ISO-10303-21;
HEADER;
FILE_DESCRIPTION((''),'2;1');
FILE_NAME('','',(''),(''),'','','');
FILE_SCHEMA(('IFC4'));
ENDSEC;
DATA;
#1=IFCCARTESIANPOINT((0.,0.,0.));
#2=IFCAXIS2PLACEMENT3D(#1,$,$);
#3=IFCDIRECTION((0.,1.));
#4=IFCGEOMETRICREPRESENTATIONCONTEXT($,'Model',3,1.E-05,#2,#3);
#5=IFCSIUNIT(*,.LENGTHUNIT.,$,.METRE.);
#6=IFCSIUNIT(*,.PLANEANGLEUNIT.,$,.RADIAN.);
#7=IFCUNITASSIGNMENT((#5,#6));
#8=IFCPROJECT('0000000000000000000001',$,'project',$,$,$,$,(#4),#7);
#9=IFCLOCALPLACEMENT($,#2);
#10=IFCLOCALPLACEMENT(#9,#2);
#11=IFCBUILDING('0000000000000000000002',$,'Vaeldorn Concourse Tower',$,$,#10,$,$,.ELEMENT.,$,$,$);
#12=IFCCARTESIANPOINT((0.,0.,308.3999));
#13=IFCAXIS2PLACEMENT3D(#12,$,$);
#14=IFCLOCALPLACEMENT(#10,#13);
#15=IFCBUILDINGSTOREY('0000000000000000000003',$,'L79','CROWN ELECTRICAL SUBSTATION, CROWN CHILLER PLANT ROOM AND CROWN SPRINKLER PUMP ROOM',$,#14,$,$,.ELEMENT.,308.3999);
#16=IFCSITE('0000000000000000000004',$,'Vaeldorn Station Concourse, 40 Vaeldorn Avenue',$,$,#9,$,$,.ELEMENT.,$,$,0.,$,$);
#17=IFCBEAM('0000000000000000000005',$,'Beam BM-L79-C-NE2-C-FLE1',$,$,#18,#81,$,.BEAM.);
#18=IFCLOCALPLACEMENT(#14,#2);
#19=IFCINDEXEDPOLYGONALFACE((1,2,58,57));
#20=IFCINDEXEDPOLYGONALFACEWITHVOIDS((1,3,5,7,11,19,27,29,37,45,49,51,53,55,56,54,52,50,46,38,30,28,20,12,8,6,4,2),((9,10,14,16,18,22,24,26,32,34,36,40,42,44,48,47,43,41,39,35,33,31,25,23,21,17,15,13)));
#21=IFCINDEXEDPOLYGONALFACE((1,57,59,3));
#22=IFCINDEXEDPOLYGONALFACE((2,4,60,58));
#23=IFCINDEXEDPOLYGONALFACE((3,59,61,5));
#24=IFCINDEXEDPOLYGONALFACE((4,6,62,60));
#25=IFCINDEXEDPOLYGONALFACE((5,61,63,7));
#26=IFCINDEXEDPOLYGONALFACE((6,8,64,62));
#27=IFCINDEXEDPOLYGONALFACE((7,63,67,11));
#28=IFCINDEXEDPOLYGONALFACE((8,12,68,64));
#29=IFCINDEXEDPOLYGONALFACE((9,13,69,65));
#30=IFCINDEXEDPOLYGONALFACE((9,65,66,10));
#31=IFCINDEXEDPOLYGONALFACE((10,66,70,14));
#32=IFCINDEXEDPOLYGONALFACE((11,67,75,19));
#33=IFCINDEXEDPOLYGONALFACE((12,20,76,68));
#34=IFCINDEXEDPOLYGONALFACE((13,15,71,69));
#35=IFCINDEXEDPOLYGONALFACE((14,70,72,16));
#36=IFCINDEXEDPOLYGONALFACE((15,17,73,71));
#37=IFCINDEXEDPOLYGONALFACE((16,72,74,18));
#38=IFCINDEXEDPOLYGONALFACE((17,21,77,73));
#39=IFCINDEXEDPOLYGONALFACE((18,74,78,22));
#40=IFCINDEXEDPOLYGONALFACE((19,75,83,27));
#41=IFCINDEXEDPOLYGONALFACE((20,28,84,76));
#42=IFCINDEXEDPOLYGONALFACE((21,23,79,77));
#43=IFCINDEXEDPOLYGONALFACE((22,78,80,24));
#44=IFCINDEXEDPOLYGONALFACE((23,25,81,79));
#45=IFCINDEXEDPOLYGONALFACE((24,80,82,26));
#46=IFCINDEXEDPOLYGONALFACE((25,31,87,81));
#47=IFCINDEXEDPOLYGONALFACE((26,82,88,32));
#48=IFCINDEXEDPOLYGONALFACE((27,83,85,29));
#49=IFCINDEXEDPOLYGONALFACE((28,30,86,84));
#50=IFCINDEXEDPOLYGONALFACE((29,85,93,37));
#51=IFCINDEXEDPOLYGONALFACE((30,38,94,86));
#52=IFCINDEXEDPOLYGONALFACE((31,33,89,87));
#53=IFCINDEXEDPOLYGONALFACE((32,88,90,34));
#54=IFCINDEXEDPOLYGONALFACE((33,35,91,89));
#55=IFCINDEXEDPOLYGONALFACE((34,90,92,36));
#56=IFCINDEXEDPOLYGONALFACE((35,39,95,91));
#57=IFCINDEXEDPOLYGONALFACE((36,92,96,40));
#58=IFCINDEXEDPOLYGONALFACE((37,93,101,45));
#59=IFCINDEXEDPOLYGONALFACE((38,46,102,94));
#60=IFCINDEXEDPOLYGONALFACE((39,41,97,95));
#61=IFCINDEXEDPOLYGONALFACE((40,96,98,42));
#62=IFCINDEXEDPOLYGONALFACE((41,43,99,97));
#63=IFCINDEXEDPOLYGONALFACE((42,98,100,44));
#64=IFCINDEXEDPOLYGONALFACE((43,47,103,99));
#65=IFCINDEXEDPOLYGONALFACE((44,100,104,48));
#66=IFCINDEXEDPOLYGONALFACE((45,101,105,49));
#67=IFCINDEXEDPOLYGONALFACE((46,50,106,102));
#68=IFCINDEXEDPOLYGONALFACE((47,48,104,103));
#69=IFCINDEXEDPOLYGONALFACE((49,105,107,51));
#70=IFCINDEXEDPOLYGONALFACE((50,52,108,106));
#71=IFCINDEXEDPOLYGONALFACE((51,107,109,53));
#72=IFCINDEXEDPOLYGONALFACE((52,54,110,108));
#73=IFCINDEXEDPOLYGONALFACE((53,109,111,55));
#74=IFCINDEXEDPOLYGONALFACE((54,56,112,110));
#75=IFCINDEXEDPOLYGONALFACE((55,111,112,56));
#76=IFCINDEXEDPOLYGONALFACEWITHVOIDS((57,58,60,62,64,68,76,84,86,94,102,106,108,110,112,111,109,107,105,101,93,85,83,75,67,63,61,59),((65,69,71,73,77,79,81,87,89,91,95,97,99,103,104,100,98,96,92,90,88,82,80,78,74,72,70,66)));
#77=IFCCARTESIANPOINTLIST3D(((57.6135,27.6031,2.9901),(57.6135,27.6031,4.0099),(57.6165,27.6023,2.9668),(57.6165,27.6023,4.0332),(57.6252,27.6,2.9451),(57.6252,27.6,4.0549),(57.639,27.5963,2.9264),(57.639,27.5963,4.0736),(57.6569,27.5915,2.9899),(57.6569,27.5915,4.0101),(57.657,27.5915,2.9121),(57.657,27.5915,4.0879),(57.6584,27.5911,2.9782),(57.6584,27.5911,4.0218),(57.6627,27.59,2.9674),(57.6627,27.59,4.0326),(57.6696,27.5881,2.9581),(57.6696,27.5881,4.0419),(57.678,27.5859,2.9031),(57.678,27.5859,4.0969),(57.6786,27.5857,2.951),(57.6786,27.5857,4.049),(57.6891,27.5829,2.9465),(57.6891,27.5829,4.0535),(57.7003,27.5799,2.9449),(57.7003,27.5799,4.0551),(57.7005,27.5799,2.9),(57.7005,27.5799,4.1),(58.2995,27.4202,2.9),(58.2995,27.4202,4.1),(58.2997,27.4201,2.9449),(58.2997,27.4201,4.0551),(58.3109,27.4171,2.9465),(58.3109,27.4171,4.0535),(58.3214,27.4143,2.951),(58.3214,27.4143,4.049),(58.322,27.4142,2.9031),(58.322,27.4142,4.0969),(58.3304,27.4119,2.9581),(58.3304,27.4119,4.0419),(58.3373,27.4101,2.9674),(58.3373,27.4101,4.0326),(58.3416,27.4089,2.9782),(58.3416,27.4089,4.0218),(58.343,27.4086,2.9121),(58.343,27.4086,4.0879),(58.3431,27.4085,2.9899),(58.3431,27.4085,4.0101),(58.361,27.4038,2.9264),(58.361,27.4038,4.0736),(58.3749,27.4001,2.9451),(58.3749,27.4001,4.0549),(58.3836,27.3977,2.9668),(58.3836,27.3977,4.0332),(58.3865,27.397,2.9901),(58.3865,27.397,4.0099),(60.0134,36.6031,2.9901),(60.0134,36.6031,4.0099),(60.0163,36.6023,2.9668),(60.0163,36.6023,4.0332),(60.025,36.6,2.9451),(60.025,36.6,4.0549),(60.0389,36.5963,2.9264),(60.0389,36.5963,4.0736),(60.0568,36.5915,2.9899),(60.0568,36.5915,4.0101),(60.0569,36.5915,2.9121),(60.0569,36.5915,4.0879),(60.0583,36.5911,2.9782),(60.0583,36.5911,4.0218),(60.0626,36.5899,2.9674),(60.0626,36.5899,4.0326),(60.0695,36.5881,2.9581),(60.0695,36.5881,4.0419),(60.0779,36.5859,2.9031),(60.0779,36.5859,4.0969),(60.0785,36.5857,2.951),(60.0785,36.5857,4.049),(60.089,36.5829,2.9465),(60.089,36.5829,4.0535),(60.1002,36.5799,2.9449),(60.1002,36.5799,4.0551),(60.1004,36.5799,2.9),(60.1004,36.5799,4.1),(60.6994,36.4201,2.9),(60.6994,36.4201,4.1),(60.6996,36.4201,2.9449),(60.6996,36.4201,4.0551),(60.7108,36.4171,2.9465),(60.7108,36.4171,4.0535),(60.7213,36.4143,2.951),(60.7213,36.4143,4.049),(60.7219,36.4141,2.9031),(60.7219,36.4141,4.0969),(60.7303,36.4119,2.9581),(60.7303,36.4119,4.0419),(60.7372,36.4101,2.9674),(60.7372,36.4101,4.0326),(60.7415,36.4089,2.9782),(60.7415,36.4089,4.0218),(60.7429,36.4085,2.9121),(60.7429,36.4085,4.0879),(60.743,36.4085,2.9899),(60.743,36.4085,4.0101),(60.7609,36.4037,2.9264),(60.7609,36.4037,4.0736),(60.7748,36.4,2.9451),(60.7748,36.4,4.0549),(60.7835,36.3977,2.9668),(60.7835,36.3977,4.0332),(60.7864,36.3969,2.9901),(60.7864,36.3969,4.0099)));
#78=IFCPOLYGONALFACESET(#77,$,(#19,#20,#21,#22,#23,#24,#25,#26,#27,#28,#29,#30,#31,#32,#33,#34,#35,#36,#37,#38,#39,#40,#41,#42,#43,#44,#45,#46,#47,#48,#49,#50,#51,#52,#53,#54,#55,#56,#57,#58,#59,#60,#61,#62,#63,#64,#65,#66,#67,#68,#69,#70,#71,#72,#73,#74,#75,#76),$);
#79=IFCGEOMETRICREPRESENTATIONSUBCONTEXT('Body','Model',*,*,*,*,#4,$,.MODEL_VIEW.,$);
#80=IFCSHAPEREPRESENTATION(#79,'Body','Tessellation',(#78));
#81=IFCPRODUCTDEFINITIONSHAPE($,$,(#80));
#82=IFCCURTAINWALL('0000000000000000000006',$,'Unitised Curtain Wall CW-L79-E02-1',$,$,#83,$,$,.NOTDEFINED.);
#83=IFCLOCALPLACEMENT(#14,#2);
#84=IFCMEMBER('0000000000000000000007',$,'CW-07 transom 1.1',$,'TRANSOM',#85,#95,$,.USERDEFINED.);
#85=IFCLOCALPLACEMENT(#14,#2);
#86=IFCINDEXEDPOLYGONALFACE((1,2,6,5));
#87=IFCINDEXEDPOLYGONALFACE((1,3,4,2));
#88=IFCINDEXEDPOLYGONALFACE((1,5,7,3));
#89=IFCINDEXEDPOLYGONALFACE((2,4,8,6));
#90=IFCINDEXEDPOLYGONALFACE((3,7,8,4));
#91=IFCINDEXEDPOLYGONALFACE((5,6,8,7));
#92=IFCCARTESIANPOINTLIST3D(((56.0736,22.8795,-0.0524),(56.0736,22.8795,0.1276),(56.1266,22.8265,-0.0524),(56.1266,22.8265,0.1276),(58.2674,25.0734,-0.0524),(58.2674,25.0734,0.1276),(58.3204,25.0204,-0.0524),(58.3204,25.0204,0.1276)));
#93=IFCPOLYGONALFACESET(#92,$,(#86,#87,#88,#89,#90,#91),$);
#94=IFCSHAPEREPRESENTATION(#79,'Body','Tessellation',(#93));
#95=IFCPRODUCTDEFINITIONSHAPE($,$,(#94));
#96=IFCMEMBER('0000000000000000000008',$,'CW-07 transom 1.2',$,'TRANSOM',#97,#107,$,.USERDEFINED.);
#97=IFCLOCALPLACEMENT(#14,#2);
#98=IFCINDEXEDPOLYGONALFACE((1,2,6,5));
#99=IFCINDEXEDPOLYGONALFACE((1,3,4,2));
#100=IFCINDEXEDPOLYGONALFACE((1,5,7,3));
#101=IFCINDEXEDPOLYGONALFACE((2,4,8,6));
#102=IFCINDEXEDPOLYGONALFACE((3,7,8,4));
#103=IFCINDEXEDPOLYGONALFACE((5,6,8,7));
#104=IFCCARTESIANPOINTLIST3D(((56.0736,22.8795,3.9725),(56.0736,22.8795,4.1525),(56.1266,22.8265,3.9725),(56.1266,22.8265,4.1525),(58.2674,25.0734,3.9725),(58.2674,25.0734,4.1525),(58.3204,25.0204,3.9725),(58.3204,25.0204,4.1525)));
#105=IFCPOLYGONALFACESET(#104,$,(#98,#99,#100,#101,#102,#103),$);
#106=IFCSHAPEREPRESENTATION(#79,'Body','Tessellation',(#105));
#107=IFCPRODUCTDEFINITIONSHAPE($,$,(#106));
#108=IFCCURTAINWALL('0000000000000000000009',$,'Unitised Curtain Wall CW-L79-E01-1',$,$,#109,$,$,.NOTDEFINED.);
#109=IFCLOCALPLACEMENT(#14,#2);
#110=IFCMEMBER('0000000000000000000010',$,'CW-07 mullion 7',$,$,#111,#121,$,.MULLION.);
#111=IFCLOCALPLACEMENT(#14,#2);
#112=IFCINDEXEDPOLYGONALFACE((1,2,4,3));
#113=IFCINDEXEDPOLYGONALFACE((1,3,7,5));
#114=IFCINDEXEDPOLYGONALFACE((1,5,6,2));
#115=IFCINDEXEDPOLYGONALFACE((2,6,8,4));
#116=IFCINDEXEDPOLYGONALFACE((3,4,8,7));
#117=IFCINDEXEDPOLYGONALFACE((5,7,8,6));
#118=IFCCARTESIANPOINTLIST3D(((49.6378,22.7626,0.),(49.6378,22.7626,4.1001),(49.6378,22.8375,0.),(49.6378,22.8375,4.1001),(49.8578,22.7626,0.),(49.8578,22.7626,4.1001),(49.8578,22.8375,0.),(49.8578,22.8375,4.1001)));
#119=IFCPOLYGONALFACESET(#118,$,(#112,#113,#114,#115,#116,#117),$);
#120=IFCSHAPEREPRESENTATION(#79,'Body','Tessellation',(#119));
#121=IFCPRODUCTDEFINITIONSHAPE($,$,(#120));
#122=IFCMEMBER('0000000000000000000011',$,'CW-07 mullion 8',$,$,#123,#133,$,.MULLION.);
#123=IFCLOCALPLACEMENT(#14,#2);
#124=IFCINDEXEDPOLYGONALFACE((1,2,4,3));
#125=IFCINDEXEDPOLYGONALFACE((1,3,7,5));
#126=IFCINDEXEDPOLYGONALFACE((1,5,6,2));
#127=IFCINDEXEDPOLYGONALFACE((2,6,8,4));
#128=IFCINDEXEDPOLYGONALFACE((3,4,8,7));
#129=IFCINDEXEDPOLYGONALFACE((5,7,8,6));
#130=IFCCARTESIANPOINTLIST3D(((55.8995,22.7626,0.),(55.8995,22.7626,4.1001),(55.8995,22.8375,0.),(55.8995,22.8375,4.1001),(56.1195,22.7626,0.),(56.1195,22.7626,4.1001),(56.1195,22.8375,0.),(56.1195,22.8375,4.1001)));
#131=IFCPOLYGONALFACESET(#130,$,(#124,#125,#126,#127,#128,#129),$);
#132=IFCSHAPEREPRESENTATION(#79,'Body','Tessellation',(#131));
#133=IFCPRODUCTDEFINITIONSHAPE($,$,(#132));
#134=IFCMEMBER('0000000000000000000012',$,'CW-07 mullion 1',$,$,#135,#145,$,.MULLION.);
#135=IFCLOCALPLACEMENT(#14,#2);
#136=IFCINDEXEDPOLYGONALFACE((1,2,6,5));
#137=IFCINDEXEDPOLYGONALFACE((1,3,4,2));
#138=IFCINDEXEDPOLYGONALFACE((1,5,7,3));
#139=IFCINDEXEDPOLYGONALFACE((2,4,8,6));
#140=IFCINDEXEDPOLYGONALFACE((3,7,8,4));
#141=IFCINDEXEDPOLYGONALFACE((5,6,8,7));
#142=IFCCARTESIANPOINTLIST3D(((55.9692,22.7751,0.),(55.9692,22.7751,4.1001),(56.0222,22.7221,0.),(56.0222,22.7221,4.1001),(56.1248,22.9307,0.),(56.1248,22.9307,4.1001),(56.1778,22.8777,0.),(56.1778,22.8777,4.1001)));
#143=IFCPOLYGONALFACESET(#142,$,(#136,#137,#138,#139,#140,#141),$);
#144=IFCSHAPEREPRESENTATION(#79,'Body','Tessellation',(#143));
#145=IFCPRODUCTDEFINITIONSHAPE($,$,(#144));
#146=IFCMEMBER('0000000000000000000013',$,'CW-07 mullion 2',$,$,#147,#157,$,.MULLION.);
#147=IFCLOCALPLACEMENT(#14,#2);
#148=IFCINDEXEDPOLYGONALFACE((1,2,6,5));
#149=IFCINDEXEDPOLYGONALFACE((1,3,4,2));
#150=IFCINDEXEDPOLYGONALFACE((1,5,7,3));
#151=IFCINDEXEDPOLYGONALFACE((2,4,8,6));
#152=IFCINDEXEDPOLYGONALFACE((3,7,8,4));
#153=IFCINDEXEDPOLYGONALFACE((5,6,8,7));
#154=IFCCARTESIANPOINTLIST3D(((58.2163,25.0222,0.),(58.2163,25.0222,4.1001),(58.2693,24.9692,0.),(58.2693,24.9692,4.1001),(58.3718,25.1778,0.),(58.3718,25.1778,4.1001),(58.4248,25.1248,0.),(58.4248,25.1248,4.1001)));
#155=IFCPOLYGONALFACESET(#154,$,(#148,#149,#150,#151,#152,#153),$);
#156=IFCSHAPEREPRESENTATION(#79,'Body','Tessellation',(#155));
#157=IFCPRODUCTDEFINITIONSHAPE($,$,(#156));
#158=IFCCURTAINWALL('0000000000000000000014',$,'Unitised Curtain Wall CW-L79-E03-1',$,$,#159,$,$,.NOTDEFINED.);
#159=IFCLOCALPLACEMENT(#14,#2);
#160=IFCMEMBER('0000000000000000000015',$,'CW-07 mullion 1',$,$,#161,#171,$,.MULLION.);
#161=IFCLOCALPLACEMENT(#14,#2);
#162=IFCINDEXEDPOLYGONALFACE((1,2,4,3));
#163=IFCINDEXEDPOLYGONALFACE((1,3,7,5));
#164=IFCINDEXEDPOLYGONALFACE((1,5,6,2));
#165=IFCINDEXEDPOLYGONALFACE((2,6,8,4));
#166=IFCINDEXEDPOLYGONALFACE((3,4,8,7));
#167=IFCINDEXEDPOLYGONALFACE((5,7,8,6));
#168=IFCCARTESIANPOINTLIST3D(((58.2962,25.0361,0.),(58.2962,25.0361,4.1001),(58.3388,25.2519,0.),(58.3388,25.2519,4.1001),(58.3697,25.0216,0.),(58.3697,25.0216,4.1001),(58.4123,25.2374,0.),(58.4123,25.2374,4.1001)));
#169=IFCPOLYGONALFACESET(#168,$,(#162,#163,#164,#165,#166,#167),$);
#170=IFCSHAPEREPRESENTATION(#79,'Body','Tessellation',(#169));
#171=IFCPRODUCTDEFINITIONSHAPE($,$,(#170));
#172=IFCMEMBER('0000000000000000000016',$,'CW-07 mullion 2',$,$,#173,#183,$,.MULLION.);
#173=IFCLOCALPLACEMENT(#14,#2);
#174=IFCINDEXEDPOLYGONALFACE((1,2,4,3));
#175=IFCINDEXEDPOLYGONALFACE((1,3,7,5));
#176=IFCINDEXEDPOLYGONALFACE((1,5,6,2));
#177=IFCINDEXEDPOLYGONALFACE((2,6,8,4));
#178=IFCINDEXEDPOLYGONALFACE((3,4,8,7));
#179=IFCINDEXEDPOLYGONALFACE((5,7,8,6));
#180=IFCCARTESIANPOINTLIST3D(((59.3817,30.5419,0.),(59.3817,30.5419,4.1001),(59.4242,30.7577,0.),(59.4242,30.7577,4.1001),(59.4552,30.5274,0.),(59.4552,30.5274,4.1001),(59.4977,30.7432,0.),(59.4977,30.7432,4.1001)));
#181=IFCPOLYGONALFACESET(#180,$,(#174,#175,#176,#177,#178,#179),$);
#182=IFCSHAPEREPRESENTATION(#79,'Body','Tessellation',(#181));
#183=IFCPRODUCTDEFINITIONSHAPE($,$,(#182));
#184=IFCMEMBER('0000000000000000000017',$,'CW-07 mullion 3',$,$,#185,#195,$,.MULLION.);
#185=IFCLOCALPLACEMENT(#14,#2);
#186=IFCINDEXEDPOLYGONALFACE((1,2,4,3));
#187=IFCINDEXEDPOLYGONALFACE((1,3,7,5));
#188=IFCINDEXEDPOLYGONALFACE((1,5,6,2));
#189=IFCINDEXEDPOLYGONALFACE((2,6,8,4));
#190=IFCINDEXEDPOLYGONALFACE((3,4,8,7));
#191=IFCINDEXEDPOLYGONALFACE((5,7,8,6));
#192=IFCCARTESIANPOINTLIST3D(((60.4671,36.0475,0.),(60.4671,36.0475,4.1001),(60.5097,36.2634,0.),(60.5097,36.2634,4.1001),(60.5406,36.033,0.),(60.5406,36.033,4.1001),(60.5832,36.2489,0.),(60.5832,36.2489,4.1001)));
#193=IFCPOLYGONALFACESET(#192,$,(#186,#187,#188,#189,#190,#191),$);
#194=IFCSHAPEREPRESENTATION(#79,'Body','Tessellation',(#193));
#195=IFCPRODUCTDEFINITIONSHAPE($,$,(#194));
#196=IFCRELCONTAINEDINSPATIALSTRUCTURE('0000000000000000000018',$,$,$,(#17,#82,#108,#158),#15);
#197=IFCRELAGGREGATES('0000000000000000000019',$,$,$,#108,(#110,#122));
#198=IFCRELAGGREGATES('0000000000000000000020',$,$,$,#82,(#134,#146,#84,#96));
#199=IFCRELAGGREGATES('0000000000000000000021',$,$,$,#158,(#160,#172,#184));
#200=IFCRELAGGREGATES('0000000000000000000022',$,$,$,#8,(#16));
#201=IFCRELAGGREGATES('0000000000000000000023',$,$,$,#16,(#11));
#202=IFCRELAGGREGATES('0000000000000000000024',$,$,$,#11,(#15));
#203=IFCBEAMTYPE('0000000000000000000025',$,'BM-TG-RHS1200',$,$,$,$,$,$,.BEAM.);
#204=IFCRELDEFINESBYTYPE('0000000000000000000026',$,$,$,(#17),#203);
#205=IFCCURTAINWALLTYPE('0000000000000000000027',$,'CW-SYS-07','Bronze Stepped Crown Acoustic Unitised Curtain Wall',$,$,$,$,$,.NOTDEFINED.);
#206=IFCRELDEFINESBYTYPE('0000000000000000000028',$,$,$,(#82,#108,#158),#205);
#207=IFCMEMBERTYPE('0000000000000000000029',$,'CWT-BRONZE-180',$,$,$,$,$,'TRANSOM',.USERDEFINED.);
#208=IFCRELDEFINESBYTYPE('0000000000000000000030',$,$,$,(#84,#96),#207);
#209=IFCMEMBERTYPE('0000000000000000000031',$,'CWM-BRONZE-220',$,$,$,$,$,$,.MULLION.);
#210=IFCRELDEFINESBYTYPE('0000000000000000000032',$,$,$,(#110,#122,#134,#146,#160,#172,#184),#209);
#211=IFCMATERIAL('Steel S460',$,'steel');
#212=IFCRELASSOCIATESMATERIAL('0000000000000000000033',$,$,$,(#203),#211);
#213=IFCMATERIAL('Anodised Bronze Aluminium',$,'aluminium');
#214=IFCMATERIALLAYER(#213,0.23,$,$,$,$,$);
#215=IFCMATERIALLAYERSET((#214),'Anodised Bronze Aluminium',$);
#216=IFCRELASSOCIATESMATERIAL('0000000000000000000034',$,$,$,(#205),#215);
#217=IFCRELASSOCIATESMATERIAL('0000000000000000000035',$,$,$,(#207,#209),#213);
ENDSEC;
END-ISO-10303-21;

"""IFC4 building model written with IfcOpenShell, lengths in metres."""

from ifc_helpers import new_model, si_unit, direction, frame, origin, origin_2d, place, context, subcontext, project, spatial, rectangle, hollow_rectangle, extrude, source, transform, mapped, material, layer, layer_set, material_profile, profile_set, type_object, element, aggregate, save


model = new_model("IFC4")

# Units and contexts
model_context = context("Model", 3, precision=1e-05, world=origin(), true_north=direction((0.0, 1.0)))
body_context = subcontext(model_context, "Body", "Model", "MODEL_VIEW")
ifc_project = project(units=[si_unit("LENGTHUNIT", "METRE"), si_unit("PLANEANGLEUNIT", "RADIAN")], contexts=[model_context])

# Site, building, storey
site_placement = place(None, origin())
site = spatial("IfcSite", under=ifc_project, at=site_placement, Name="Vaeldorn Station Concourse, 40 Vaeldorn Avenue", CompositionType="ELEMENT", RefElevation=0.0)
building_placement = place(site_placement, origin())
building = spatial("IfcBuilding", under=site, at=building_placement, Name="Vaeldorn Concourse Tower", CompositionType="ELEMENT")
storey_placement = place(building_placement, frame((0.0, 0.0, 308.3999)))
storey = spatial("IfcBuildingStorey", under=building, at=storey_placement, Name="L79", Description="CROWN ELECTRICAL SUBSTATION, CROWN CHILLER PLANT ROOM AND CROWN SPRINKLER PUMP ROOM", CompositionType="ELEMENT", Elevation=308.3999)

# Beam
ifc_material_1 = material(Name="Steel S460", Category="steel")
ifc_material_profile_1 = material_profile(ifc_material_1, hollow_rectangle(XDim=0.8, YDim=1.2, WallThickness=0.0449, InnerFilletRadius=0.0449, OuterFilletRadius=0.0901, at=origin_2d()), Name="RHS 1200x800x45")
ifc_profile_set_1 = profile_set([ifc_material_profile_1], Name="Steel S460")
beam_type = type_object("IfcBeamType", Name="BM-TG-RHS1200", PredefinedType="BEAM", material=ifc_profile_set_1)
shared_shape_1 = source(origin(), body_context, "Body", "SweptSolid", [
    extrude(hollow_rectangle(XDim=0.8, YDim=1.2, WallThickness=0.0449, InnerFilletRadius=0.0449, OuterFilletRadius=0.0901, at=origin_2d()), origin(), (0.0, 0.0, 1.0), 9.3145),
])
beam_1_placement = place(storey_placement, frame((60.3999, 36.5, 3.5), z_axis=(-0.257653, -0.966238, 0.0), x_axis=(0.966238, -0.257653, 0.0)))
element("IfcBeam", 1, at=beam_1_placement, inside=storey, type_object=beam_type, Name="Beam BM-L79-C-NE2-C-FLE1", PredefinedType="BEAM", context=body_context, shape_type="MappedRepresentation", body=[
    mapped(shared_shape_1, transform((0.0, 0.0, 0.0), scale=1.0)),
])

# Curtain walls, members
ifc_material_2 = material(Name="Anodised Bronze Aluminium", Category="aluminium")
ifc_layer_1 = layer(ifc_material_2, 0.23)
ifc_layer_set_1 = layer_set([ifc_layer_1], Name="Anodised Bronze Aluminium")
curtain_wall_type = type_object("IfcCurtainWallType", Name="CW-SYS-07", Description="Bronze Stepped Crown Acoustic Unitised Curtain Wall", PredefinedType="NOTDEFINED", material=ifc_layer_set_1)
curtain_wall_1_placement = place(storey_placement, origin())
curtain_wall_1 = element("IfcCurtainWall", 2, at=curtain_wall_1_placement, inside=storey, type_object=curtain_wall_type, Name="Unitised Curtain Wall CW-L79-E02-1", PredefinedType="NOTDEFINED")
ifc_material_profile_2 = material_profile(ifc_material_2, rectangle(XDim=0.075, YDim=0.1799, at=origin_2d()), Name="CWT 75x180")
ifc_profile_set_2 = profile_set([ifc_material_profile_2], Name="Anodised Bronze Aluminium")
member_type_1 = type_object("IfcMemberType", Name="CWT-BRONZE-180", ElementType="TRANSOM", PredefinedType="USERDEFINED", material=ifc_profile_set_2)
shared_shape_2 = source(origin(), body_context, "Body", "SweptSolid", [
    extrude(rectangle(XDim=0.075, YDim=0.1799, at=origin_2d()), origin(), (0.0, 0.0, 1.0), 3.1025),
])
member_1_placement = place(storey_placement, frame((56.1001, 22.853, 0.0376), z_axis=(0.707107, 0.707107, 0.0), x_axis=(-0.707107, 0.707107, 0.0)))
member_1 = element("IfcMember", 3, at=member_1_placement, type_object=member_type_1, Name="CW-07 transom 1.1", ObjectType="TRANSOM", PredefinedType="USERDEFINED", context=body_context, shape_type="MappedRepresentation", body=[
    mapped(shared_shape_2, transform((0.0, 0.0, 0.0), scale=1.0)),
])
member_2_placement = place(storey_placement, frame((56.1001, 22.853, 4.0625), z_axis=(0.707107, 0.707107, 0.0), x_axis=(-0.707107, 0.707107, 0.0)))
member_2 = element("IfcMember", 4, at=member_2_placement, type_object=member_type_1, Name="CW-07 transom 1.2", ObjectType="TRANSOM", PredefinedType="USERDEFINED", context=body_context, shape_type="MappedRepresentation", body=[
    mapped(shared_shape_2, transform((0.0, 0.0, 0.0), scale=1.0)),
])
curtain_wall_2_placement = place(storey_placement, origin())
curtain_wall_2 = element("IfcCurtainWall", 5, at=curtain_wall_2_placement, inside=storey, type_object=curtain_wall_type, Name="Unitised Curtain Wall CW-L79-E01-1", PredefinedType="NOTDEFINED")
ifc_material_profile_3 = material_profile(ifc_material_2, rectangle(XDim=0.075, YDim=0.22, at=origin_2d()), Name="CWM 75x220")
ifc_profile_set_3 = profile_set([ifc_material_profile_3], Name="Anodised Bronze Aluminium")
member_type_2 = type_object("IfcMemberType", Name="CWM-BRONZE-220", PredefinedType="MULLION", material=ifc_profile_set_3)
shared_shape_3 = source(origin(), body_context, "Body", "SweptSolid", [
    extrude(rectangle(XDim=0.075, YDim=0.22, at=origin_2d()), origin(), (0.0, 0.0, 1.0), 4.1001),
])
member_3_placement = place(storey_placement, frame((49.7478, 22.8, 0.0), z_axis=(0.0, 0.0, 1.0), x_axis=(0.0, 1.0, 0.0)))
member_3 = element("IfcMember", 6, at=member_3_placement, type_object=member_type_2, Name="CW-07 mullion 7", PredefinedType="MULLION", context=body_context, shape_type="MappedRepresentation", body=[
    mapped(shared_shape_3, transform((0.0, 0.0, 0.0), scale=1.0)),
])
member_4_placement = place(storey_placement, frame((56.0095, 22.8, 0.0), z_axis=(0.0, 0.0, 1.0), x_axis=(0.0, 1.0, 0.0)))
member_4 = element("IfcMember", 7, at=member_4_placement, type_object=member_type_2, Name="CW-07 mullion 8", PredefinedType="MULLION", context=body_context, shape_type="MappedRepresentation", body=[
    mapped(shared_shape_3, transform((0.0, 0.0, 0.0), scale=1.0)),
])

# Members
member_5_placement = place(storey_placement, frame((56.0735, 22.8264, 0.0), z_axis=(0.0, 0.0, 1.0), x_axis=(-0.707107, 0.707107, 0.0)))
member_5 = element("IfcMember", 8, at=member_5_placement, type_object=member_type_2, Name="CW-07 mullion 1", PredefinedType="MULLION", context=body_context, shape_type="MappedRepresentation", body=[
    mapped(shared_shape_3, transform((0.0, 0.0, 0.0), scale=1.0)),
])
member_6_placement = place(storey_placement, frame((58.3206, 25.0735, 0.0), z_axis=(0.0, 0.0, 1.0), x_axis=(-0.707107, 0.707107, 0.0)))
member_6 = element("IfcMember", 9, at=member_6_placement, type_object=member_type_2, Name="CW-07 mullion 2", PredefinedType="MULLION", context=body_context, shape_type="MappedRepresentation", body=[
    mapped(shared_shape_3, transform((0.0, 0.0, 0.0), scale=1.0)),
])

# Curtain wall, members
curtain_wall_3_placement = place(storey_placement, origin())
curtain_wall_3 = element("IfcCurtainWall", 10, at=curtain_wall_3_placement, inside=storey, type_object=curtain_wall_type, Name="Unitised Curtain Wall CW-L79-E03-1", PredefinedType="NOTDEFINED")
member_7_placement = place(storey_placement, frame((58.3542, 25.1367, 0.0), z_axis=(0.0, 0.0, 1.0), x_axis=(-0.981113, 0.193435, 0.0)))
member_7 = element("IfcMember", 11, at=member_7_placement, type_object=member_type_2, Name="CW-07 mullion 1", PredefinedType="MULLION", context=body_context, shape_type="MappedRepresentation", body=[
    mapped(shared_shape_3, transform((0.0, 0.0, 0.0), scale=1.0)),
])
member_8_placement = place(storey_placement, frame((59.4397, 30.6426, 0.0), z_axis=(0.0, 0.0, 1.0), x_axis=(-0.981113, 0.193435, 0.0)))
member_8 = element("IfcMember", 12, at=member_8_placement, type_object=member_type_2, Name="CW-07 mullion 2", PredefinedType="MULLION", context=body_context, shape_type="MappedRepresentation", body=[
    mapped(shared_shape_3, transform((0.0, 0.0, 0.0), scale=1.0)),
])
member_9_placement = place(storey_placement, frame((60.5251, 36.1482, 0.0), z_axis=(0.0, 0.0, 1.0), x_axis=(-0.981113, 0.193435, 0.0)))
member_9 = element("IfcMember", 13, at=member_9_placement, type_object=member_type_2, Name="CW-07 mullion 3", PredefinedType="MULLION", context=body_context, shape_type="MappedRepresentation", body=[
    mapped(shared_shape_3, transform((0.0, 0.0, 0.0), scale=1.0)),
])

aggregate(curtain_wall_2, [member_3, member_4])
aggregate(curtain_wall_1, [member_5, member_6, member_1, member_2])
aggregate(curtain_wall_3, [member_7, member_8, member_9])

save(model, "model.ifc")
